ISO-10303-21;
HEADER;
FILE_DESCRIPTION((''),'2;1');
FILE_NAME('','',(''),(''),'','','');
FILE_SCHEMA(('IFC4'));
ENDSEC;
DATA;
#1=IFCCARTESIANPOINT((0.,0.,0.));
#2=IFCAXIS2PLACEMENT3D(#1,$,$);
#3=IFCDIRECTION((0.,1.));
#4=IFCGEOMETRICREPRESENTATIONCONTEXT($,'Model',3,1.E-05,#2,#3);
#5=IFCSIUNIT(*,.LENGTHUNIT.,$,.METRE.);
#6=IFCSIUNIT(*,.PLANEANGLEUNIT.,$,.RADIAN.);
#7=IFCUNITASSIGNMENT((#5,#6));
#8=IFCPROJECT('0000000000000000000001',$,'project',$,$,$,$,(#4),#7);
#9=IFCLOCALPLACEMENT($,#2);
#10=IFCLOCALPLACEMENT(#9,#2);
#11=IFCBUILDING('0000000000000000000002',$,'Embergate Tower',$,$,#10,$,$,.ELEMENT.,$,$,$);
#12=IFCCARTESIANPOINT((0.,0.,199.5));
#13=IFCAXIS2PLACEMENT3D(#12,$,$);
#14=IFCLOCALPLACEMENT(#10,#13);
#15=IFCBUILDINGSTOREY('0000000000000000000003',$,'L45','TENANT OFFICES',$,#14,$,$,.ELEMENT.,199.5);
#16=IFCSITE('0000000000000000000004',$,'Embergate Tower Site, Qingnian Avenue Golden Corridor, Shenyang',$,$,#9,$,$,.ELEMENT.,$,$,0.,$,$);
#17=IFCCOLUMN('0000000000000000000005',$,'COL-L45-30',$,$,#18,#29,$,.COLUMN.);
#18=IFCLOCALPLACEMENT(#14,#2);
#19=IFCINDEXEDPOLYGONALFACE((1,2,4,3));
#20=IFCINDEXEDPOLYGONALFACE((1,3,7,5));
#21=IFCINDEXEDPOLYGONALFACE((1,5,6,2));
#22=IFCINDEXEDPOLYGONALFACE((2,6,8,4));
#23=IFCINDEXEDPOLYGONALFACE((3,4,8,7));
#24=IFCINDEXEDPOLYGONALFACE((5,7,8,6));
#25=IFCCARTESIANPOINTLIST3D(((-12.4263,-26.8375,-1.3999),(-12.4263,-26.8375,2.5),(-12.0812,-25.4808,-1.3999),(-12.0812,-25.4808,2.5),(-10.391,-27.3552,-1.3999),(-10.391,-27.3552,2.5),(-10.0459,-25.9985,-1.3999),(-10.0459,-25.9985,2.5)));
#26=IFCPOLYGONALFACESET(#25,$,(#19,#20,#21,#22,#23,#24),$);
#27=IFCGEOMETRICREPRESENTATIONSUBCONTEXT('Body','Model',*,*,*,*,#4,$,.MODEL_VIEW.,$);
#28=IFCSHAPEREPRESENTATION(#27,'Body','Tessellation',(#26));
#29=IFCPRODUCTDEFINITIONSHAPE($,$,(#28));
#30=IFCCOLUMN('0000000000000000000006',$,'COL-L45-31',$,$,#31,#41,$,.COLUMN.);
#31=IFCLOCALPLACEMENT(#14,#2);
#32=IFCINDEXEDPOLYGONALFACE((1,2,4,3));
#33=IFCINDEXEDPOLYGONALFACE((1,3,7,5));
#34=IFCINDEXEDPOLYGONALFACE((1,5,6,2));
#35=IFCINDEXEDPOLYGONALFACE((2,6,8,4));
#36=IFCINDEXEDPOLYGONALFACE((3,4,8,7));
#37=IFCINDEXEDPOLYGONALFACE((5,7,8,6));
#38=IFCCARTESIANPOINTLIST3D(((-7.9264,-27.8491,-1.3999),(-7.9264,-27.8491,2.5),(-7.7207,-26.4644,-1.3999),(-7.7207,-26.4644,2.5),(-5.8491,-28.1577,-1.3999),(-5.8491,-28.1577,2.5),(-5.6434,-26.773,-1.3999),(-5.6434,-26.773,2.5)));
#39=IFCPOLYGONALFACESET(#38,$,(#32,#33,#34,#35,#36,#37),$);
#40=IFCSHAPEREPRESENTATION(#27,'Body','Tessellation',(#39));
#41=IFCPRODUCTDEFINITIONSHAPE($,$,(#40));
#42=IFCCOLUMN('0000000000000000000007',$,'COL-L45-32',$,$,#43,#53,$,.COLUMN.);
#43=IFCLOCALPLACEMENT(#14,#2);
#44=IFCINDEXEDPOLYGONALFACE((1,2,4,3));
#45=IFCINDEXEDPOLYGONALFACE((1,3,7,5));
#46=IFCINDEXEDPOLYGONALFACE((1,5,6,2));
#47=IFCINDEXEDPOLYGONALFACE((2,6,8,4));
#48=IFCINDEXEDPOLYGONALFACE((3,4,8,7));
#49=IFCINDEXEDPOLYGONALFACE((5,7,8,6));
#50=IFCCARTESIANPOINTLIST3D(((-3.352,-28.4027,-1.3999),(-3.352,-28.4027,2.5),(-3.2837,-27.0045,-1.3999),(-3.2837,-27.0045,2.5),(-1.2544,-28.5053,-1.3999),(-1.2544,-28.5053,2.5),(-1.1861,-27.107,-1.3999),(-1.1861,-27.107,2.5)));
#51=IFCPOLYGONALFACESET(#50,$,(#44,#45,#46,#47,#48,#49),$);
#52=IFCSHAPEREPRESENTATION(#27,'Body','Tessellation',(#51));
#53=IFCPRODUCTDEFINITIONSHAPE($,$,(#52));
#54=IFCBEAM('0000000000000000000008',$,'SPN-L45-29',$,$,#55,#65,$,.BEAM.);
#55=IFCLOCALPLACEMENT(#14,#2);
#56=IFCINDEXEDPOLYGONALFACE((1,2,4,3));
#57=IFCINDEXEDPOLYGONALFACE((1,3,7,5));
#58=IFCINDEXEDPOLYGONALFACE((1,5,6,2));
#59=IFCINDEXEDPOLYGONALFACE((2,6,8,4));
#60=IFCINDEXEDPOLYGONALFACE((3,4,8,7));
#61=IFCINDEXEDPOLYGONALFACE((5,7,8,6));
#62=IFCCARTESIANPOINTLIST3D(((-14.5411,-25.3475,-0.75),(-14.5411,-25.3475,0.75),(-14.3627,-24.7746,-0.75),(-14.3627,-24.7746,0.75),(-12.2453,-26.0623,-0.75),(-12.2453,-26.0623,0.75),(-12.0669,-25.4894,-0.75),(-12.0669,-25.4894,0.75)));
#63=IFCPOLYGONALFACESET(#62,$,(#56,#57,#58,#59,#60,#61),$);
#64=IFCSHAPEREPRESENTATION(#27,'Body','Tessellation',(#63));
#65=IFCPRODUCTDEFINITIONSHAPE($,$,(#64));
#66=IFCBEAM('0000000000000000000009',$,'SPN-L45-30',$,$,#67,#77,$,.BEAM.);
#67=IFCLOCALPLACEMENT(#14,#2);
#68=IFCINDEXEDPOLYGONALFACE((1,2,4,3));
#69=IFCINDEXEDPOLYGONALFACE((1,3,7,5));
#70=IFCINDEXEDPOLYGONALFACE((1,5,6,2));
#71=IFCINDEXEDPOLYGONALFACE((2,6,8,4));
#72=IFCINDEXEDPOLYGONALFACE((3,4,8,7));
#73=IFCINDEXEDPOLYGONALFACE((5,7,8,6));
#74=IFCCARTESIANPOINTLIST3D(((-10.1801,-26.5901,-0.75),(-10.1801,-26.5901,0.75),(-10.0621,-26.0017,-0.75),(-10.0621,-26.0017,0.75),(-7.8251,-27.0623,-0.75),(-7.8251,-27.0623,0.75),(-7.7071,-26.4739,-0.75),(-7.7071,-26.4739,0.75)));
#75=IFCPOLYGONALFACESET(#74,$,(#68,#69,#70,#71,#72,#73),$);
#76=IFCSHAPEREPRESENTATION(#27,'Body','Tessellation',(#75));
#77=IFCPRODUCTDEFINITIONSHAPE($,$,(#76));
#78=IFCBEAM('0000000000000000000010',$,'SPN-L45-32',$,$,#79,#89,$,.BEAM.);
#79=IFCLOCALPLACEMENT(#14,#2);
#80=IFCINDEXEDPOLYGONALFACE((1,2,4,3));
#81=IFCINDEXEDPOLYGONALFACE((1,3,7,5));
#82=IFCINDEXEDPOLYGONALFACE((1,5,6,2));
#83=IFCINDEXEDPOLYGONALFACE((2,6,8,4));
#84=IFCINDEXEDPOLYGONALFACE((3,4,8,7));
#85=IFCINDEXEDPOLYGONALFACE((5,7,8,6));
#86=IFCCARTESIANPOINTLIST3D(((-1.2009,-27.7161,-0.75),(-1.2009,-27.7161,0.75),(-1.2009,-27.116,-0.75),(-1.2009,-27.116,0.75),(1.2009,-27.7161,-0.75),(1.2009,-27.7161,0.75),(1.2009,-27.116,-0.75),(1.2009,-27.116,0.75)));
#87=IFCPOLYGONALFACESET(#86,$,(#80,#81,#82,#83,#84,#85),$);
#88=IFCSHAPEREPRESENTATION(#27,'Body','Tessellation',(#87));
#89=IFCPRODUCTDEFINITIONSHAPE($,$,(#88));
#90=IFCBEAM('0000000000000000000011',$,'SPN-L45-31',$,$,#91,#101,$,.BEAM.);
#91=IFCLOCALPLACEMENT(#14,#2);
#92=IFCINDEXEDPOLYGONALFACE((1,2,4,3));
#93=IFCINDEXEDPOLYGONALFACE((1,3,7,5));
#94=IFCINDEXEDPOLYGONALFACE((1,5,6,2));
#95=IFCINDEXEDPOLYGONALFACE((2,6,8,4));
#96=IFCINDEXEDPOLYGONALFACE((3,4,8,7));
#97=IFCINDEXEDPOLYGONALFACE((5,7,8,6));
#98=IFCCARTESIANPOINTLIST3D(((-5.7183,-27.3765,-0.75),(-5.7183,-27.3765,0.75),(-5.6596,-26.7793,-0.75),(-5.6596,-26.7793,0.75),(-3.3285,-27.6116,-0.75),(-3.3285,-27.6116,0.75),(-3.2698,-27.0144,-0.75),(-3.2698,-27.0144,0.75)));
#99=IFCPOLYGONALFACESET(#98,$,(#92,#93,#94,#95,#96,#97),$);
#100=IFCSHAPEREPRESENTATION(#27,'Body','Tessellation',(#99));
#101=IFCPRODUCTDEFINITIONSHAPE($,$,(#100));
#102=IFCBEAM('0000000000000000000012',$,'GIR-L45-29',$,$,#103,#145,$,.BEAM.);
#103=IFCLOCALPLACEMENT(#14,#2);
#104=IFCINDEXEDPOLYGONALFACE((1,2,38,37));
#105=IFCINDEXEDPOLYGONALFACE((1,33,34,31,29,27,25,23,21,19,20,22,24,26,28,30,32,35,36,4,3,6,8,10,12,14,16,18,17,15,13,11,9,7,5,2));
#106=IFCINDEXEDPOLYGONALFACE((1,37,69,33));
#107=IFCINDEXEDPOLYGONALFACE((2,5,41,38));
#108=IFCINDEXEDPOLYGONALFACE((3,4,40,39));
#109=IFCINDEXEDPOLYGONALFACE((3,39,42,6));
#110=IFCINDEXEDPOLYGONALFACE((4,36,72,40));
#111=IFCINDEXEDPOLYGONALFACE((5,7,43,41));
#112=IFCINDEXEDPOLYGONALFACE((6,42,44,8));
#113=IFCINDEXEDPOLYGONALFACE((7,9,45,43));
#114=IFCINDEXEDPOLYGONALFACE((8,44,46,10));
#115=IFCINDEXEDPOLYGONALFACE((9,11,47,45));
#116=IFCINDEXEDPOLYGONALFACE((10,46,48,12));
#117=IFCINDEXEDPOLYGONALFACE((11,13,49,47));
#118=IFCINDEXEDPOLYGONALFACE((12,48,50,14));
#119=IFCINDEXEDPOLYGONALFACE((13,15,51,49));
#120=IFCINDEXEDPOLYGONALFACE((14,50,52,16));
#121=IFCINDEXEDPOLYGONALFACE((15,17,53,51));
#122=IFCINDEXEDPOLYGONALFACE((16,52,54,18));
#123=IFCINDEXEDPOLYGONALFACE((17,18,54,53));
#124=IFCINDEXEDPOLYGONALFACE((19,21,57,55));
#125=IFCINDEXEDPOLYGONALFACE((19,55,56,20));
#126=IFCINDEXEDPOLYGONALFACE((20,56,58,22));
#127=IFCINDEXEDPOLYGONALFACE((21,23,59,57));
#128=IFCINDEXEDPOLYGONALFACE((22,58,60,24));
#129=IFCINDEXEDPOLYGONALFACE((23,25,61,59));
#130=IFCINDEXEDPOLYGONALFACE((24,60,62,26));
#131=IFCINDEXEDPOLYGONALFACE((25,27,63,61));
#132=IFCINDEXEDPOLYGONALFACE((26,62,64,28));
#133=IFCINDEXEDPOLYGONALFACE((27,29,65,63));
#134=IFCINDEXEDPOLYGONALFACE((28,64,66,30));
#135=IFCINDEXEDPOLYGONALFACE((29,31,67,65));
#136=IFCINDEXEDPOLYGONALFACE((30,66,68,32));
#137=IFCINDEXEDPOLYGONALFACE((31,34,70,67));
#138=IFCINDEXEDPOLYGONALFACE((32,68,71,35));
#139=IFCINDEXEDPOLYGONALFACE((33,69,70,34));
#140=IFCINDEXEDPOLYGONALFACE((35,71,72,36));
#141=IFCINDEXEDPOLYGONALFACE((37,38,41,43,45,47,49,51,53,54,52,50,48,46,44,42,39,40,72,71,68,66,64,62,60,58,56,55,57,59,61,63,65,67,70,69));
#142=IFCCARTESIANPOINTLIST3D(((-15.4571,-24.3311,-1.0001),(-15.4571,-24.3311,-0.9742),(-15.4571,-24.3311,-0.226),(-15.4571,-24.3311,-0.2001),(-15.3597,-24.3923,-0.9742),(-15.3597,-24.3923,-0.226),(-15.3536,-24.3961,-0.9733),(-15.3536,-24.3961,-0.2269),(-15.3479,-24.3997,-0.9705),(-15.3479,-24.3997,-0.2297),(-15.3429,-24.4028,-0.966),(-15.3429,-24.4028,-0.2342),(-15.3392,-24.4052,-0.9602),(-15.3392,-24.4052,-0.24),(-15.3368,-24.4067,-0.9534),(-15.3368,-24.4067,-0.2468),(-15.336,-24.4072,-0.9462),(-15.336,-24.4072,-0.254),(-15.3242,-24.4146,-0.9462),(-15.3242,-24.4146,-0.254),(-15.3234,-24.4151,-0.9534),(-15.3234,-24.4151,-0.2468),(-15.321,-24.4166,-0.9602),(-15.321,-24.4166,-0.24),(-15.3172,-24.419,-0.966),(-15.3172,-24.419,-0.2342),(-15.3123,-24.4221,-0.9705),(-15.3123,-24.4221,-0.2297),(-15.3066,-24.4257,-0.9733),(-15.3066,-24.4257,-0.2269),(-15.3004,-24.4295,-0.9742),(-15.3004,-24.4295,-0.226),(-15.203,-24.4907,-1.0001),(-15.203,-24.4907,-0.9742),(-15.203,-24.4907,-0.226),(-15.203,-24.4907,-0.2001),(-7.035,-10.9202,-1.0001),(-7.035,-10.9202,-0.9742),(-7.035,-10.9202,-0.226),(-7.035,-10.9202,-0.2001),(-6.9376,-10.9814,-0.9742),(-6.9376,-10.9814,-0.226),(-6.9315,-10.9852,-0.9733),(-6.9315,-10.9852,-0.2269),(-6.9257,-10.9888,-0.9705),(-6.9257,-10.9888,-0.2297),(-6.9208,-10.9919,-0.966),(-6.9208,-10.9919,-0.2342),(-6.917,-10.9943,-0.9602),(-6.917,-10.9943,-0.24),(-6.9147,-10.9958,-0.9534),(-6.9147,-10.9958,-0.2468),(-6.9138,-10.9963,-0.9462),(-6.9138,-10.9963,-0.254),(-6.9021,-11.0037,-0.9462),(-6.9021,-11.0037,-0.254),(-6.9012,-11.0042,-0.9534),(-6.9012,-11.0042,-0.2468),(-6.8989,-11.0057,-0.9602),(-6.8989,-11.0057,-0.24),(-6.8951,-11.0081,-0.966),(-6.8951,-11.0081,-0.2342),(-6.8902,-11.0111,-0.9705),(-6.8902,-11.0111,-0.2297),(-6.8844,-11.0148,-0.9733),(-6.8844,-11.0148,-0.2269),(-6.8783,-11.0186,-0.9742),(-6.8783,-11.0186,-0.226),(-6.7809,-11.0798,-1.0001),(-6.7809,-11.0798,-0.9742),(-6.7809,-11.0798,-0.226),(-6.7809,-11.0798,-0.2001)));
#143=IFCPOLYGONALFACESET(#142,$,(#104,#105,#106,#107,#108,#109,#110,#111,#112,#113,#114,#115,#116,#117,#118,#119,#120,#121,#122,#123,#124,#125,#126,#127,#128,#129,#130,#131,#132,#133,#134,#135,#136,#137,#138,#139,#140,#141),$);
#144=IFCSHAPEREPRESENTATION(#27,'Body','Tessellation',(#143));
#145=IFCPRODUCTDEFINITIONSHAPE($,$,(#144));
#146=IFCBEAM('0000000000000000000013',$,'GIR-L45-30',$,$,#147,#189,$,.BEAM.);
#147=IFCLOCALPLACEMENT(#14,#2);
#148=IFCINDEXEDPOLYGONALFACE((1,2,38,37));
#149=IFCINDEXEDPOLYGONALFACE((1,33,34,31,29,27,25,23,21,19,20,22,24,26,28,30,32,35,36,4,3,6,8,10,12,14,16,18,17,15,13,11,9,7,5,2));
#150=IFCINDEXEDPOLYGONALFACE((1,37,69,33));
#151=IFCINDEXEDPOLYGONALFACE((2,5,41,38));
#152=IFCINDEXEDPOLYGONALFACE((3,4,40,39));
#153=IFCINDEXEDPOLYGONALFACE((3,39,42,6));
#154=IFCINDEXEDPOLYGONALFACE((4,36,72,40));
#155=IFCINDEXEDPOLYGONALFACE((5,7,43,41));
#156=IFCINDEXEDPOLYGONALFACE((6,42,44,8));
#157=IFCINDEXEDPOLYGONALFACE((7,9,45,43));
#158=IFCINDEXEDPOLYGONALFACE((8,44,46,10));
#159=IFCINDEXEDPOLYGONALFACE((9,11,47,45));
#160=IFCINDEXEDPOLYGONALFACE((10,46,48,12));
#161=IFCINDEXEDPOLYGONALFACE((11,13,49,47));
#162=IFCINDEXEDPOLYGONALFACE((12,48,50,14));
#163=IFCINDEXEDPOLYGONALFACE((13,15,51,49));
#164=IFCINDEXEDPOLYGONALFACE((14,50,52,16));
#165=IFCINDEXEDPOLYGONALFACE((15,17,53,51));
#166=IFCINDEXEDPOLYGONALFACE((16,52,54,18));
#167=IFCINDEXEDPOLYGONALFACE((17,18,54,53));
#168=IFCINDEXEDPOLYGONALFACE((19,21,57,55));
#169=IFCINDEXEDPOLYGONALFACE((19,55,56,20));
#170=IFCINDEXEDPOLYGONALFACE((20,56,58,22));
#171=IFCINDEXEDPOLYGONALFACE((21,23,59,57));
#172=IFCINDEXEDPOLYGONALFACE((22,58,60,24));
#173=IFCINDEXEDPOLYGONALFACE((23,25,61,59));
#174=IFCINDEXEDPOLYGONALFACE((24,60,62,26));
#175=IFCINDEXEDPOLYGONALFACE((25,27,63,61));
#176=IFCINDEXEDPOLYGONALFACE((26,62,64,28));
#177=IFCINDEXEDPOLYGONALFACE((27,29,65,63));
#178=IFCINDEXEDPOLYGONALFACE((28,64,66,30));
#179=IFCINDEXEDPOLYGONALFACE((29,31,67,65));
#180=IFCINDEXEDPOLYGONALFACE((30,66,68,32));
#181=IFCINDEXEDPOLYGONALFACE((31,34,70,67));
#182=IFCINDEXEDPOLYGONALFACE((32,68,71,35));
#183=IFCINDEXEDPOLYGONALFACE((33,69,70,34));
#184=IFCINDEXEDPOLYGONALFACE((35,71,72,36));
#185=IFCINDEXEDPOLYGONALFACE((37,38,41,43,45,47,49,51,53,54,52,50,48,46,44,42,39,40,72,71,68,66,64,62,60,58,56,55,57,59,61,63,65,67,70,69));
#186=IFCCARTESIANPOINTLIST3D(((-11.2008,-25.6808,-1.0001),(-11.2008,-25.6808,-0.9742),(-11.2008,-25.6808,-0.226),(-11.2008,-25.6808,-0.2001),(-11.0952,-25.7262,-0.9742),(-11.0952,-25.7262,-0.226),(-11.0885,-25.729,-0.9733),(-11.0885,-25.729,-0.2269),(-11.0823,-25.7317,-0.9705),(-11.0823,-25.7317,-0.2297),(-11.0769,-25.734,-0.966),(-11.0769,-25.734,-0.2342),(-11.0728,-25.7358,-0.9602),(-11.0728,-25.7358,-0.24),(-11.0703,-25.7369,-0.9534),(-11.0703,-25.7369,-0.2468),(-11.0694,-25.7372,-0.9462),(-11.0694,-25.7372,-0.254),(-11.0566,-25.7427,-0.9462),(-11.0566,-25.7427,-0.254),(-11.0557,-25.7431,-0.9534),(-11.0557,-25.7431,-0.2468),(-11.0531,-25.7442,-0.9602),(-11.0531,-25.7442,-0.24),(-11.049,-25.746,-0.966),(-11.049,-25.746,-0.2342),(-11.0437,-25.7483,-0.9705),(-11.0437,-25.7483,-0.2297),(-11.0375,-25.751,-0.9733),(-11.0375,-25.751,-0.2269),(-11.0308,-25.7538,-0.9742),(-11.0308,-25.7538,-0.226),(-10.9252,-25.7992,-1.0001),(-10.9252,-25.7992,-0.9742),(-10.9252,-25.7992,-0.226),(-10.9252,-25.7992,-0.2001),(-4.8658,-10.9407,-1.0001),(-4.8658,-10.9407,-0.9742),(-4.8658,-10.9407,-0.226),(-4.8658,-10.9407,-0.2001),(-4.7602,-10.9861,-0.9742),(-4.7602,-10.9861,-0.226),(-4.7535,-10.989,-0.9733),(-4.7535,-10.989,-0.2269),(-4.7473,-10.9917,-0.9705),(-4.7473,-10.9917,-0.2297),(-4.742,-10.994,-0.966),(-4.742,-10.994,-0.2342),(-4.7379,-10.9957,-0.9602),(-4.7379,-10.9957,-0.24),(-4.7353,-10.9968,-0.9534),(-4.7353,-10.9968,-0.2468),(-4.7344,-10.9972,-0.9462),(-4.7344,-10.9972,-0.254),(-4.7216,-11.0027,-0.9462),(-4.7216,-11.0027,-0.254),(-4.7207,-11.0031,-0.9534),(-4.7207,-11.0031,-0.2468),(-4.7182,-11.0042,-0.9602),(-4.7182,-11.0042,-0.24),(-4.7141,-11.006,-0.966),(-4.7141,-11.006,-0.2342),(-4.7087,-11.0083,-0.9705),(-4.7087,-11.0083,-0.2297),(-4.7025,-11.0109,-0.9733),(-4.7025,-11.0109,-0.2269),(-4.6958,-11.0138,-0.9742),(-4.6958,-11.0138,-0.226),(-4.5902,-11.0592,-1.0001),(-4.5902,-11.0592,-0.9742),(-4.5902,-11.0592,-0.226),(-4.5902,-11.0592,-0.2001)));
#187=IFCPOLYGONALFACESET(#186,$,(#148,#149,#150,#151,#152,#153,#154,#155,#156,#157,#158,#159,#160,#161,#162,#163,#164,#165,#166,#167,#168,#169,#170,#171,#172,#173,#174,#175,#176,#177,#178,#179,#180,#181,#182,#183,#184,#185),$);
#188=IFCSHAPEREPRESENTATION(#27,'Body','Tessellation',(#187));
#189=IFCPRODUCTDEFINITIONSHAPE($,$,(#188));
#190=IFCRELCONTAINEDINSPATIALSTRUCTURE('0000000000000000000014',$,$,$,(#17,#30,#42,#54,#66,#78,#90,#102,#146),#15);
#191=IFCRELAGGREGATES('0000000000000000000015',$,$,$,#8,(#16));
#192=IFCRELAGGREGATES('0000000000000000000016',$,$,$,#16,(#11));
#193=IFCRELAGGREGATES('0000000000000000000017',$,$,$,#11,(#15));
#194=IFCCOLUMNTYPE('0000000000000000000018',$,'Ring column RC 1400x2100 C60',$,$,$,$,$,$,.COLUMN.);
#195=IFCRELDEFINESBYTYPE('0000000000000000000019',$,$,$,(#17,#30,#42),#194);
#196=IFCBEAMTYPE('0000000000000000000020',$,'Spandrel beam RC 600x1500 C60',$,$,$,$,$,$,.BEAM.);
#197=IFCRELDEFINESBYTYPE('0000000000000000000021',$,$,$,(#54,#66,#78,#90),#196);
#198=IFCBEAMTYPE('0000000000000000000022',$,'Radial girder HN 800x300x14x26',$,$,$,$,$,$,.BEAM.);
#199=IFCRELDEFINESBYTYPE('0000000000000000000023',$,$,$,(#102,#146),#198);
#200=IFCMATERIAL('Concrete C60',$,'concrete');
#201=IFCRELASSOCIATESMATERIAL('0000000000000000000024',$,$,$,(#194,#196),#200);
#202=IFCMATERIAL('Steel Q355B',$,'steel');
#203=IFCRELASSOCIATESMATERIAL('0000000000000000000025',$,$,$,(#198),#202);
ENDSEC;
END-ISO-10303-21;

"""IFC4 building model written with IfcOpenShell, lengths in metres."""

from ifc_helpers import new_model, si_unit, direction, frame, origin, origin_2d, place, context, subcontext, project, spatial, rectangle, i_section, extrude, source, transform, mapped, material, material_profile, profile_set, type_object, element, save


model = new_model("IFC4")

# Units and contexts
model_context = context("Model", 3, precision=1e-05, world=origin(), true_north=direction((0.0, 1.0)))
body_context = subcontext(model_context, "Body", "Model", "MODEL_VIEW")
ifc_project = project(units=[si_unit("LENGTHUNIT", "METRE"), si_unit("PLANEANGLEUNIT", "RADIAN")], contexts=[model_context])

# Site, building, storey
site_placement = place(None, origin())
site = spatial("IfcSite", under=ifc_project, at=site_placement, Name="Embergate Tower Site, Qingnian Avenue Golden Corridor, Shenyang", CompositionType="ELEMENT", RefElevation=0.0)
building_placement = place(site_placement, origin())
building = spatial("IfcBuilding", under=site, at=building_placement, Name="Embergate Tower", CompositionType="ELEMENT")
storey_placement = place(building_placement, frame((0.0, 0.0, 199.5)))
storey = spatial("IfcBuildingStorey", under=building, at=storey_placement, Name="L45", Description="TENANT OFFICES", CompositionType="ELEMENT", Elevation=199.5)

# Columns
ifc_material_1 = material(Name="Concrete C60", Category="concrete")
ifc_material_profile_1 = material_profile(ifc_material_1, rectangle(XDim=1.3999, YDim=2.1001, at=origin_2d()), Name="RC 1400x2100")
ifc_profile_set_1 = profile_set([ifc_material_profile_1], Name="Concrete C60")
column_type = type_object("IfcColumnType", Name="Ring column RC 1400x2100 C60", PredefinedType="COLUMN", material=ifc_profile_set_1)
shared_shape_1 = source(origin(), body_context, "Body", "SweptSolid", [
    extrude(rectangle(XDim=1.3999, YDim=2.1001, at=origin_2d()), origin(), (0.0, 0.0, 1.0), 3.8999),
])
for number, where, z_axis, x_axis, name in (
    (1, (-11.2361, -26.418, -1.3999), (0.0, 0.0, 1.0), (-0.246509, -0.969141, 0.0), "COL-L45-30"),
    (2, (-6.7849, -27.311, -1.3999), (0.0, 0.0, 1.0), (-0.146929, -0.989147, 0.0), "COL-L45-31"),
    (3, (-2.269, -27.7549, -1.3999), (0.0, 0.0, 1.0), (-0.048815, -0.998808, 0.0), "COL-L45-32"),
):
    element("IfcColumn", number, at=place(storey_placement, frame(where, z_axis=z_axis, x_axis=x_axis)), inside=storey, type_object=column_type, Name=name, PredefinedType="COLUMN", context=body_context, shape_type="MappedRepresentation", body=[
        mapped(shared_shape_1, transform((0.0, 0.0, 0.0))),
    ])

# Beams
ifc_material_profile_2 = material_profile(ifc_material_1, rectangle(XDim=0.6001, YDim=1.5, at=origin_2d()), Name="RC 600x1500")
ifc_profile_set_2 = profile_set([ifc_material_profile_2], Name="Concrete C60")
beam_type_1 = type_object("IfcBeamType", Name="Spandrel beam RC 600x1500 C60", PredefinedType="BEAM", material=ifc_profile_set_2)
shared_shape_2 = source(origin(), body_context, "Body", "SweptSolid", [
    extrude(rectangle(XDim=0.6001, YDim=1.5, at=origin_2d()), origin(), (0.0, 0.0, 1.0), 2.4045),
])
beam_1_placement = place(storey_placement, frame((-14.4519, -25.061, 0.0), z_axis=(0.95479, -0.29728, 0.0), x_axis=(0.29728, 0.95479, 0.0)))
element("IfcBeam", 4, at=beam_1_placement, inside=storey, type_object=beam_type_1, Name="SPN-L45-29", PredefinedType="BEAM", context=body_context, shape_type="MappedRepresentation", body=[
    mapped(shared_shape_2, transform((0.0, 0.0, 0.0))),
])
shared_shape_3 = source(origin(), body_context, "Body", "SweptSolid", [
    extrude(rectangle(XDim=0.6001, YDim=1.5, at=origin_2d()), origin(), (0.0, 0.0, 1.0), 2.4019),
])
for number, where, z_axis, x_axis, name in (
    (5, (-10.1211, -26.2959, 0.0), (0.980487, -0.196585, 0.0), (0.196585, 0.980487, 0.0), "SPN-L45-30"),
    (6, (-1.2009, -27.416, 0.0), (1.0, 0.0, 0.0), (0.0, 1.0, 0.0), "SPN-L45-32"),
):
    element("IfcBeam", number, at=place(storey_placement, frame(where, z_axis=z_axis, x_axis=x_axis)), inside=storey, type_object=beam_type_1, Name=name, PredefinedType="BEAM", context=body_context, shape_type="MappedRepresentation", body=[
        mapped(shared_shape_3, transform((0.0, 0.0, 0.0))),
    ])
shared_shape_4 = source(origin(), body_context, "Body", "SweptSolid", [
    extrude(rectangle(XDim=0.6001, YDim=1.5, at=origin_2d()), origin(), (0.0, 0.0, 1.0), 2.4014),
])
beam_2_placement = place(storey_placement, frame((-5.689, -27.0779, 0.0), z_axis=(0.995196, -0.097903, 0.0), x_axis=(0.097903, 0.995196, 0.0)))
element("IfcBeam", 7, at=beam_2_placement, inside=storey, type_object=beam_type_1, Name="SPN-L45-31", PredefinedType="BEAM", context=body_context, shape_type="MappedRepresentation", body=[
    mapped(shared_shape_4, transform((0.0, 0.0, 0.0))),
])
ifc_material_2 = material(Name="Steel Q355B", Category="steel")
ifc_material_profile_3 = material_profile(ifc_material_2, i_section(OverallWidth=0.3, OverallDepth=0.8, WebThickness=0.0139, FlangeThickness=0.0259, FilletRadius=0.0281, at=origin_2d()), Name="HN 800x300x14x26")
ifc_profile_set_3 = profile_set([ifc_material_profile_3], Name="Steel Q355 grade B")
beam_type_2 = type_object("IfcBeamType", Name="Radial girder HN 800x300x14x26", PredefinedType="BEAM", material=ifc_profile_set_3)
shared_shape_5 = source(origin(), body_context, "Body", "SweptSolid", [
    extrude(i_section(OverallWidth=0.3, OverallDepth=0.8, WebThickness=0.0139, FlangeThickness=0.0259, FilletRadius=0.0281, at=origin_2d()), origin(), (0.0, 0.0, 1.0), 15.8362),
])
beam_3_placement = place(storey_placement, frame((-15.3301, -24.4109, -0.6001), z_axis=(0.531828, 0.846852, 0.0), x_axis=(-0.846852, 0.531828, 0.0)))
element("IfcBeam", 8, at=beam_3_placement, inside=storey, type_object=beam_type_2, Name="GIR-L45-29", PredefinedType="BEAM", context=body_context, shape_type="MappedRepresentation", body=[
    mapped(shared_shape_5, transform((0.0, 0.0, 0.0))),
])
shared_shape_6 = source(origin(), body_context, "Body", "SweptSolid", [
    extrude(i_section(OverallWidth=0.3, OverallDepth=0.8, WebThickness=0.0139, FlangeThickness=0.0259, FilletRadius=0.0281, at=origin_2d()), origin(), (0.0, 0.0, 1.0), 16.0437),
])
beam_4_placement = place(storey_placement, frame((-11.063, -25.74, -0.6001), z_axis=(0.394858, 0.918742, 0.0), x_axis=(-0.918742, 0.394858, 0.0)))
element("IfcBeam", 9, at=beam_4_placement, inside=storey, type_object=beam_type_2, Name="GIR-L45-30", PredefinedType="BEAM", context=body_context, shape_type="MappedRepresentation", body=[
    mapped(shared_shape_6, transform((0.0, 0.0, 0.0))),
])

save(model, "model.ifc")
